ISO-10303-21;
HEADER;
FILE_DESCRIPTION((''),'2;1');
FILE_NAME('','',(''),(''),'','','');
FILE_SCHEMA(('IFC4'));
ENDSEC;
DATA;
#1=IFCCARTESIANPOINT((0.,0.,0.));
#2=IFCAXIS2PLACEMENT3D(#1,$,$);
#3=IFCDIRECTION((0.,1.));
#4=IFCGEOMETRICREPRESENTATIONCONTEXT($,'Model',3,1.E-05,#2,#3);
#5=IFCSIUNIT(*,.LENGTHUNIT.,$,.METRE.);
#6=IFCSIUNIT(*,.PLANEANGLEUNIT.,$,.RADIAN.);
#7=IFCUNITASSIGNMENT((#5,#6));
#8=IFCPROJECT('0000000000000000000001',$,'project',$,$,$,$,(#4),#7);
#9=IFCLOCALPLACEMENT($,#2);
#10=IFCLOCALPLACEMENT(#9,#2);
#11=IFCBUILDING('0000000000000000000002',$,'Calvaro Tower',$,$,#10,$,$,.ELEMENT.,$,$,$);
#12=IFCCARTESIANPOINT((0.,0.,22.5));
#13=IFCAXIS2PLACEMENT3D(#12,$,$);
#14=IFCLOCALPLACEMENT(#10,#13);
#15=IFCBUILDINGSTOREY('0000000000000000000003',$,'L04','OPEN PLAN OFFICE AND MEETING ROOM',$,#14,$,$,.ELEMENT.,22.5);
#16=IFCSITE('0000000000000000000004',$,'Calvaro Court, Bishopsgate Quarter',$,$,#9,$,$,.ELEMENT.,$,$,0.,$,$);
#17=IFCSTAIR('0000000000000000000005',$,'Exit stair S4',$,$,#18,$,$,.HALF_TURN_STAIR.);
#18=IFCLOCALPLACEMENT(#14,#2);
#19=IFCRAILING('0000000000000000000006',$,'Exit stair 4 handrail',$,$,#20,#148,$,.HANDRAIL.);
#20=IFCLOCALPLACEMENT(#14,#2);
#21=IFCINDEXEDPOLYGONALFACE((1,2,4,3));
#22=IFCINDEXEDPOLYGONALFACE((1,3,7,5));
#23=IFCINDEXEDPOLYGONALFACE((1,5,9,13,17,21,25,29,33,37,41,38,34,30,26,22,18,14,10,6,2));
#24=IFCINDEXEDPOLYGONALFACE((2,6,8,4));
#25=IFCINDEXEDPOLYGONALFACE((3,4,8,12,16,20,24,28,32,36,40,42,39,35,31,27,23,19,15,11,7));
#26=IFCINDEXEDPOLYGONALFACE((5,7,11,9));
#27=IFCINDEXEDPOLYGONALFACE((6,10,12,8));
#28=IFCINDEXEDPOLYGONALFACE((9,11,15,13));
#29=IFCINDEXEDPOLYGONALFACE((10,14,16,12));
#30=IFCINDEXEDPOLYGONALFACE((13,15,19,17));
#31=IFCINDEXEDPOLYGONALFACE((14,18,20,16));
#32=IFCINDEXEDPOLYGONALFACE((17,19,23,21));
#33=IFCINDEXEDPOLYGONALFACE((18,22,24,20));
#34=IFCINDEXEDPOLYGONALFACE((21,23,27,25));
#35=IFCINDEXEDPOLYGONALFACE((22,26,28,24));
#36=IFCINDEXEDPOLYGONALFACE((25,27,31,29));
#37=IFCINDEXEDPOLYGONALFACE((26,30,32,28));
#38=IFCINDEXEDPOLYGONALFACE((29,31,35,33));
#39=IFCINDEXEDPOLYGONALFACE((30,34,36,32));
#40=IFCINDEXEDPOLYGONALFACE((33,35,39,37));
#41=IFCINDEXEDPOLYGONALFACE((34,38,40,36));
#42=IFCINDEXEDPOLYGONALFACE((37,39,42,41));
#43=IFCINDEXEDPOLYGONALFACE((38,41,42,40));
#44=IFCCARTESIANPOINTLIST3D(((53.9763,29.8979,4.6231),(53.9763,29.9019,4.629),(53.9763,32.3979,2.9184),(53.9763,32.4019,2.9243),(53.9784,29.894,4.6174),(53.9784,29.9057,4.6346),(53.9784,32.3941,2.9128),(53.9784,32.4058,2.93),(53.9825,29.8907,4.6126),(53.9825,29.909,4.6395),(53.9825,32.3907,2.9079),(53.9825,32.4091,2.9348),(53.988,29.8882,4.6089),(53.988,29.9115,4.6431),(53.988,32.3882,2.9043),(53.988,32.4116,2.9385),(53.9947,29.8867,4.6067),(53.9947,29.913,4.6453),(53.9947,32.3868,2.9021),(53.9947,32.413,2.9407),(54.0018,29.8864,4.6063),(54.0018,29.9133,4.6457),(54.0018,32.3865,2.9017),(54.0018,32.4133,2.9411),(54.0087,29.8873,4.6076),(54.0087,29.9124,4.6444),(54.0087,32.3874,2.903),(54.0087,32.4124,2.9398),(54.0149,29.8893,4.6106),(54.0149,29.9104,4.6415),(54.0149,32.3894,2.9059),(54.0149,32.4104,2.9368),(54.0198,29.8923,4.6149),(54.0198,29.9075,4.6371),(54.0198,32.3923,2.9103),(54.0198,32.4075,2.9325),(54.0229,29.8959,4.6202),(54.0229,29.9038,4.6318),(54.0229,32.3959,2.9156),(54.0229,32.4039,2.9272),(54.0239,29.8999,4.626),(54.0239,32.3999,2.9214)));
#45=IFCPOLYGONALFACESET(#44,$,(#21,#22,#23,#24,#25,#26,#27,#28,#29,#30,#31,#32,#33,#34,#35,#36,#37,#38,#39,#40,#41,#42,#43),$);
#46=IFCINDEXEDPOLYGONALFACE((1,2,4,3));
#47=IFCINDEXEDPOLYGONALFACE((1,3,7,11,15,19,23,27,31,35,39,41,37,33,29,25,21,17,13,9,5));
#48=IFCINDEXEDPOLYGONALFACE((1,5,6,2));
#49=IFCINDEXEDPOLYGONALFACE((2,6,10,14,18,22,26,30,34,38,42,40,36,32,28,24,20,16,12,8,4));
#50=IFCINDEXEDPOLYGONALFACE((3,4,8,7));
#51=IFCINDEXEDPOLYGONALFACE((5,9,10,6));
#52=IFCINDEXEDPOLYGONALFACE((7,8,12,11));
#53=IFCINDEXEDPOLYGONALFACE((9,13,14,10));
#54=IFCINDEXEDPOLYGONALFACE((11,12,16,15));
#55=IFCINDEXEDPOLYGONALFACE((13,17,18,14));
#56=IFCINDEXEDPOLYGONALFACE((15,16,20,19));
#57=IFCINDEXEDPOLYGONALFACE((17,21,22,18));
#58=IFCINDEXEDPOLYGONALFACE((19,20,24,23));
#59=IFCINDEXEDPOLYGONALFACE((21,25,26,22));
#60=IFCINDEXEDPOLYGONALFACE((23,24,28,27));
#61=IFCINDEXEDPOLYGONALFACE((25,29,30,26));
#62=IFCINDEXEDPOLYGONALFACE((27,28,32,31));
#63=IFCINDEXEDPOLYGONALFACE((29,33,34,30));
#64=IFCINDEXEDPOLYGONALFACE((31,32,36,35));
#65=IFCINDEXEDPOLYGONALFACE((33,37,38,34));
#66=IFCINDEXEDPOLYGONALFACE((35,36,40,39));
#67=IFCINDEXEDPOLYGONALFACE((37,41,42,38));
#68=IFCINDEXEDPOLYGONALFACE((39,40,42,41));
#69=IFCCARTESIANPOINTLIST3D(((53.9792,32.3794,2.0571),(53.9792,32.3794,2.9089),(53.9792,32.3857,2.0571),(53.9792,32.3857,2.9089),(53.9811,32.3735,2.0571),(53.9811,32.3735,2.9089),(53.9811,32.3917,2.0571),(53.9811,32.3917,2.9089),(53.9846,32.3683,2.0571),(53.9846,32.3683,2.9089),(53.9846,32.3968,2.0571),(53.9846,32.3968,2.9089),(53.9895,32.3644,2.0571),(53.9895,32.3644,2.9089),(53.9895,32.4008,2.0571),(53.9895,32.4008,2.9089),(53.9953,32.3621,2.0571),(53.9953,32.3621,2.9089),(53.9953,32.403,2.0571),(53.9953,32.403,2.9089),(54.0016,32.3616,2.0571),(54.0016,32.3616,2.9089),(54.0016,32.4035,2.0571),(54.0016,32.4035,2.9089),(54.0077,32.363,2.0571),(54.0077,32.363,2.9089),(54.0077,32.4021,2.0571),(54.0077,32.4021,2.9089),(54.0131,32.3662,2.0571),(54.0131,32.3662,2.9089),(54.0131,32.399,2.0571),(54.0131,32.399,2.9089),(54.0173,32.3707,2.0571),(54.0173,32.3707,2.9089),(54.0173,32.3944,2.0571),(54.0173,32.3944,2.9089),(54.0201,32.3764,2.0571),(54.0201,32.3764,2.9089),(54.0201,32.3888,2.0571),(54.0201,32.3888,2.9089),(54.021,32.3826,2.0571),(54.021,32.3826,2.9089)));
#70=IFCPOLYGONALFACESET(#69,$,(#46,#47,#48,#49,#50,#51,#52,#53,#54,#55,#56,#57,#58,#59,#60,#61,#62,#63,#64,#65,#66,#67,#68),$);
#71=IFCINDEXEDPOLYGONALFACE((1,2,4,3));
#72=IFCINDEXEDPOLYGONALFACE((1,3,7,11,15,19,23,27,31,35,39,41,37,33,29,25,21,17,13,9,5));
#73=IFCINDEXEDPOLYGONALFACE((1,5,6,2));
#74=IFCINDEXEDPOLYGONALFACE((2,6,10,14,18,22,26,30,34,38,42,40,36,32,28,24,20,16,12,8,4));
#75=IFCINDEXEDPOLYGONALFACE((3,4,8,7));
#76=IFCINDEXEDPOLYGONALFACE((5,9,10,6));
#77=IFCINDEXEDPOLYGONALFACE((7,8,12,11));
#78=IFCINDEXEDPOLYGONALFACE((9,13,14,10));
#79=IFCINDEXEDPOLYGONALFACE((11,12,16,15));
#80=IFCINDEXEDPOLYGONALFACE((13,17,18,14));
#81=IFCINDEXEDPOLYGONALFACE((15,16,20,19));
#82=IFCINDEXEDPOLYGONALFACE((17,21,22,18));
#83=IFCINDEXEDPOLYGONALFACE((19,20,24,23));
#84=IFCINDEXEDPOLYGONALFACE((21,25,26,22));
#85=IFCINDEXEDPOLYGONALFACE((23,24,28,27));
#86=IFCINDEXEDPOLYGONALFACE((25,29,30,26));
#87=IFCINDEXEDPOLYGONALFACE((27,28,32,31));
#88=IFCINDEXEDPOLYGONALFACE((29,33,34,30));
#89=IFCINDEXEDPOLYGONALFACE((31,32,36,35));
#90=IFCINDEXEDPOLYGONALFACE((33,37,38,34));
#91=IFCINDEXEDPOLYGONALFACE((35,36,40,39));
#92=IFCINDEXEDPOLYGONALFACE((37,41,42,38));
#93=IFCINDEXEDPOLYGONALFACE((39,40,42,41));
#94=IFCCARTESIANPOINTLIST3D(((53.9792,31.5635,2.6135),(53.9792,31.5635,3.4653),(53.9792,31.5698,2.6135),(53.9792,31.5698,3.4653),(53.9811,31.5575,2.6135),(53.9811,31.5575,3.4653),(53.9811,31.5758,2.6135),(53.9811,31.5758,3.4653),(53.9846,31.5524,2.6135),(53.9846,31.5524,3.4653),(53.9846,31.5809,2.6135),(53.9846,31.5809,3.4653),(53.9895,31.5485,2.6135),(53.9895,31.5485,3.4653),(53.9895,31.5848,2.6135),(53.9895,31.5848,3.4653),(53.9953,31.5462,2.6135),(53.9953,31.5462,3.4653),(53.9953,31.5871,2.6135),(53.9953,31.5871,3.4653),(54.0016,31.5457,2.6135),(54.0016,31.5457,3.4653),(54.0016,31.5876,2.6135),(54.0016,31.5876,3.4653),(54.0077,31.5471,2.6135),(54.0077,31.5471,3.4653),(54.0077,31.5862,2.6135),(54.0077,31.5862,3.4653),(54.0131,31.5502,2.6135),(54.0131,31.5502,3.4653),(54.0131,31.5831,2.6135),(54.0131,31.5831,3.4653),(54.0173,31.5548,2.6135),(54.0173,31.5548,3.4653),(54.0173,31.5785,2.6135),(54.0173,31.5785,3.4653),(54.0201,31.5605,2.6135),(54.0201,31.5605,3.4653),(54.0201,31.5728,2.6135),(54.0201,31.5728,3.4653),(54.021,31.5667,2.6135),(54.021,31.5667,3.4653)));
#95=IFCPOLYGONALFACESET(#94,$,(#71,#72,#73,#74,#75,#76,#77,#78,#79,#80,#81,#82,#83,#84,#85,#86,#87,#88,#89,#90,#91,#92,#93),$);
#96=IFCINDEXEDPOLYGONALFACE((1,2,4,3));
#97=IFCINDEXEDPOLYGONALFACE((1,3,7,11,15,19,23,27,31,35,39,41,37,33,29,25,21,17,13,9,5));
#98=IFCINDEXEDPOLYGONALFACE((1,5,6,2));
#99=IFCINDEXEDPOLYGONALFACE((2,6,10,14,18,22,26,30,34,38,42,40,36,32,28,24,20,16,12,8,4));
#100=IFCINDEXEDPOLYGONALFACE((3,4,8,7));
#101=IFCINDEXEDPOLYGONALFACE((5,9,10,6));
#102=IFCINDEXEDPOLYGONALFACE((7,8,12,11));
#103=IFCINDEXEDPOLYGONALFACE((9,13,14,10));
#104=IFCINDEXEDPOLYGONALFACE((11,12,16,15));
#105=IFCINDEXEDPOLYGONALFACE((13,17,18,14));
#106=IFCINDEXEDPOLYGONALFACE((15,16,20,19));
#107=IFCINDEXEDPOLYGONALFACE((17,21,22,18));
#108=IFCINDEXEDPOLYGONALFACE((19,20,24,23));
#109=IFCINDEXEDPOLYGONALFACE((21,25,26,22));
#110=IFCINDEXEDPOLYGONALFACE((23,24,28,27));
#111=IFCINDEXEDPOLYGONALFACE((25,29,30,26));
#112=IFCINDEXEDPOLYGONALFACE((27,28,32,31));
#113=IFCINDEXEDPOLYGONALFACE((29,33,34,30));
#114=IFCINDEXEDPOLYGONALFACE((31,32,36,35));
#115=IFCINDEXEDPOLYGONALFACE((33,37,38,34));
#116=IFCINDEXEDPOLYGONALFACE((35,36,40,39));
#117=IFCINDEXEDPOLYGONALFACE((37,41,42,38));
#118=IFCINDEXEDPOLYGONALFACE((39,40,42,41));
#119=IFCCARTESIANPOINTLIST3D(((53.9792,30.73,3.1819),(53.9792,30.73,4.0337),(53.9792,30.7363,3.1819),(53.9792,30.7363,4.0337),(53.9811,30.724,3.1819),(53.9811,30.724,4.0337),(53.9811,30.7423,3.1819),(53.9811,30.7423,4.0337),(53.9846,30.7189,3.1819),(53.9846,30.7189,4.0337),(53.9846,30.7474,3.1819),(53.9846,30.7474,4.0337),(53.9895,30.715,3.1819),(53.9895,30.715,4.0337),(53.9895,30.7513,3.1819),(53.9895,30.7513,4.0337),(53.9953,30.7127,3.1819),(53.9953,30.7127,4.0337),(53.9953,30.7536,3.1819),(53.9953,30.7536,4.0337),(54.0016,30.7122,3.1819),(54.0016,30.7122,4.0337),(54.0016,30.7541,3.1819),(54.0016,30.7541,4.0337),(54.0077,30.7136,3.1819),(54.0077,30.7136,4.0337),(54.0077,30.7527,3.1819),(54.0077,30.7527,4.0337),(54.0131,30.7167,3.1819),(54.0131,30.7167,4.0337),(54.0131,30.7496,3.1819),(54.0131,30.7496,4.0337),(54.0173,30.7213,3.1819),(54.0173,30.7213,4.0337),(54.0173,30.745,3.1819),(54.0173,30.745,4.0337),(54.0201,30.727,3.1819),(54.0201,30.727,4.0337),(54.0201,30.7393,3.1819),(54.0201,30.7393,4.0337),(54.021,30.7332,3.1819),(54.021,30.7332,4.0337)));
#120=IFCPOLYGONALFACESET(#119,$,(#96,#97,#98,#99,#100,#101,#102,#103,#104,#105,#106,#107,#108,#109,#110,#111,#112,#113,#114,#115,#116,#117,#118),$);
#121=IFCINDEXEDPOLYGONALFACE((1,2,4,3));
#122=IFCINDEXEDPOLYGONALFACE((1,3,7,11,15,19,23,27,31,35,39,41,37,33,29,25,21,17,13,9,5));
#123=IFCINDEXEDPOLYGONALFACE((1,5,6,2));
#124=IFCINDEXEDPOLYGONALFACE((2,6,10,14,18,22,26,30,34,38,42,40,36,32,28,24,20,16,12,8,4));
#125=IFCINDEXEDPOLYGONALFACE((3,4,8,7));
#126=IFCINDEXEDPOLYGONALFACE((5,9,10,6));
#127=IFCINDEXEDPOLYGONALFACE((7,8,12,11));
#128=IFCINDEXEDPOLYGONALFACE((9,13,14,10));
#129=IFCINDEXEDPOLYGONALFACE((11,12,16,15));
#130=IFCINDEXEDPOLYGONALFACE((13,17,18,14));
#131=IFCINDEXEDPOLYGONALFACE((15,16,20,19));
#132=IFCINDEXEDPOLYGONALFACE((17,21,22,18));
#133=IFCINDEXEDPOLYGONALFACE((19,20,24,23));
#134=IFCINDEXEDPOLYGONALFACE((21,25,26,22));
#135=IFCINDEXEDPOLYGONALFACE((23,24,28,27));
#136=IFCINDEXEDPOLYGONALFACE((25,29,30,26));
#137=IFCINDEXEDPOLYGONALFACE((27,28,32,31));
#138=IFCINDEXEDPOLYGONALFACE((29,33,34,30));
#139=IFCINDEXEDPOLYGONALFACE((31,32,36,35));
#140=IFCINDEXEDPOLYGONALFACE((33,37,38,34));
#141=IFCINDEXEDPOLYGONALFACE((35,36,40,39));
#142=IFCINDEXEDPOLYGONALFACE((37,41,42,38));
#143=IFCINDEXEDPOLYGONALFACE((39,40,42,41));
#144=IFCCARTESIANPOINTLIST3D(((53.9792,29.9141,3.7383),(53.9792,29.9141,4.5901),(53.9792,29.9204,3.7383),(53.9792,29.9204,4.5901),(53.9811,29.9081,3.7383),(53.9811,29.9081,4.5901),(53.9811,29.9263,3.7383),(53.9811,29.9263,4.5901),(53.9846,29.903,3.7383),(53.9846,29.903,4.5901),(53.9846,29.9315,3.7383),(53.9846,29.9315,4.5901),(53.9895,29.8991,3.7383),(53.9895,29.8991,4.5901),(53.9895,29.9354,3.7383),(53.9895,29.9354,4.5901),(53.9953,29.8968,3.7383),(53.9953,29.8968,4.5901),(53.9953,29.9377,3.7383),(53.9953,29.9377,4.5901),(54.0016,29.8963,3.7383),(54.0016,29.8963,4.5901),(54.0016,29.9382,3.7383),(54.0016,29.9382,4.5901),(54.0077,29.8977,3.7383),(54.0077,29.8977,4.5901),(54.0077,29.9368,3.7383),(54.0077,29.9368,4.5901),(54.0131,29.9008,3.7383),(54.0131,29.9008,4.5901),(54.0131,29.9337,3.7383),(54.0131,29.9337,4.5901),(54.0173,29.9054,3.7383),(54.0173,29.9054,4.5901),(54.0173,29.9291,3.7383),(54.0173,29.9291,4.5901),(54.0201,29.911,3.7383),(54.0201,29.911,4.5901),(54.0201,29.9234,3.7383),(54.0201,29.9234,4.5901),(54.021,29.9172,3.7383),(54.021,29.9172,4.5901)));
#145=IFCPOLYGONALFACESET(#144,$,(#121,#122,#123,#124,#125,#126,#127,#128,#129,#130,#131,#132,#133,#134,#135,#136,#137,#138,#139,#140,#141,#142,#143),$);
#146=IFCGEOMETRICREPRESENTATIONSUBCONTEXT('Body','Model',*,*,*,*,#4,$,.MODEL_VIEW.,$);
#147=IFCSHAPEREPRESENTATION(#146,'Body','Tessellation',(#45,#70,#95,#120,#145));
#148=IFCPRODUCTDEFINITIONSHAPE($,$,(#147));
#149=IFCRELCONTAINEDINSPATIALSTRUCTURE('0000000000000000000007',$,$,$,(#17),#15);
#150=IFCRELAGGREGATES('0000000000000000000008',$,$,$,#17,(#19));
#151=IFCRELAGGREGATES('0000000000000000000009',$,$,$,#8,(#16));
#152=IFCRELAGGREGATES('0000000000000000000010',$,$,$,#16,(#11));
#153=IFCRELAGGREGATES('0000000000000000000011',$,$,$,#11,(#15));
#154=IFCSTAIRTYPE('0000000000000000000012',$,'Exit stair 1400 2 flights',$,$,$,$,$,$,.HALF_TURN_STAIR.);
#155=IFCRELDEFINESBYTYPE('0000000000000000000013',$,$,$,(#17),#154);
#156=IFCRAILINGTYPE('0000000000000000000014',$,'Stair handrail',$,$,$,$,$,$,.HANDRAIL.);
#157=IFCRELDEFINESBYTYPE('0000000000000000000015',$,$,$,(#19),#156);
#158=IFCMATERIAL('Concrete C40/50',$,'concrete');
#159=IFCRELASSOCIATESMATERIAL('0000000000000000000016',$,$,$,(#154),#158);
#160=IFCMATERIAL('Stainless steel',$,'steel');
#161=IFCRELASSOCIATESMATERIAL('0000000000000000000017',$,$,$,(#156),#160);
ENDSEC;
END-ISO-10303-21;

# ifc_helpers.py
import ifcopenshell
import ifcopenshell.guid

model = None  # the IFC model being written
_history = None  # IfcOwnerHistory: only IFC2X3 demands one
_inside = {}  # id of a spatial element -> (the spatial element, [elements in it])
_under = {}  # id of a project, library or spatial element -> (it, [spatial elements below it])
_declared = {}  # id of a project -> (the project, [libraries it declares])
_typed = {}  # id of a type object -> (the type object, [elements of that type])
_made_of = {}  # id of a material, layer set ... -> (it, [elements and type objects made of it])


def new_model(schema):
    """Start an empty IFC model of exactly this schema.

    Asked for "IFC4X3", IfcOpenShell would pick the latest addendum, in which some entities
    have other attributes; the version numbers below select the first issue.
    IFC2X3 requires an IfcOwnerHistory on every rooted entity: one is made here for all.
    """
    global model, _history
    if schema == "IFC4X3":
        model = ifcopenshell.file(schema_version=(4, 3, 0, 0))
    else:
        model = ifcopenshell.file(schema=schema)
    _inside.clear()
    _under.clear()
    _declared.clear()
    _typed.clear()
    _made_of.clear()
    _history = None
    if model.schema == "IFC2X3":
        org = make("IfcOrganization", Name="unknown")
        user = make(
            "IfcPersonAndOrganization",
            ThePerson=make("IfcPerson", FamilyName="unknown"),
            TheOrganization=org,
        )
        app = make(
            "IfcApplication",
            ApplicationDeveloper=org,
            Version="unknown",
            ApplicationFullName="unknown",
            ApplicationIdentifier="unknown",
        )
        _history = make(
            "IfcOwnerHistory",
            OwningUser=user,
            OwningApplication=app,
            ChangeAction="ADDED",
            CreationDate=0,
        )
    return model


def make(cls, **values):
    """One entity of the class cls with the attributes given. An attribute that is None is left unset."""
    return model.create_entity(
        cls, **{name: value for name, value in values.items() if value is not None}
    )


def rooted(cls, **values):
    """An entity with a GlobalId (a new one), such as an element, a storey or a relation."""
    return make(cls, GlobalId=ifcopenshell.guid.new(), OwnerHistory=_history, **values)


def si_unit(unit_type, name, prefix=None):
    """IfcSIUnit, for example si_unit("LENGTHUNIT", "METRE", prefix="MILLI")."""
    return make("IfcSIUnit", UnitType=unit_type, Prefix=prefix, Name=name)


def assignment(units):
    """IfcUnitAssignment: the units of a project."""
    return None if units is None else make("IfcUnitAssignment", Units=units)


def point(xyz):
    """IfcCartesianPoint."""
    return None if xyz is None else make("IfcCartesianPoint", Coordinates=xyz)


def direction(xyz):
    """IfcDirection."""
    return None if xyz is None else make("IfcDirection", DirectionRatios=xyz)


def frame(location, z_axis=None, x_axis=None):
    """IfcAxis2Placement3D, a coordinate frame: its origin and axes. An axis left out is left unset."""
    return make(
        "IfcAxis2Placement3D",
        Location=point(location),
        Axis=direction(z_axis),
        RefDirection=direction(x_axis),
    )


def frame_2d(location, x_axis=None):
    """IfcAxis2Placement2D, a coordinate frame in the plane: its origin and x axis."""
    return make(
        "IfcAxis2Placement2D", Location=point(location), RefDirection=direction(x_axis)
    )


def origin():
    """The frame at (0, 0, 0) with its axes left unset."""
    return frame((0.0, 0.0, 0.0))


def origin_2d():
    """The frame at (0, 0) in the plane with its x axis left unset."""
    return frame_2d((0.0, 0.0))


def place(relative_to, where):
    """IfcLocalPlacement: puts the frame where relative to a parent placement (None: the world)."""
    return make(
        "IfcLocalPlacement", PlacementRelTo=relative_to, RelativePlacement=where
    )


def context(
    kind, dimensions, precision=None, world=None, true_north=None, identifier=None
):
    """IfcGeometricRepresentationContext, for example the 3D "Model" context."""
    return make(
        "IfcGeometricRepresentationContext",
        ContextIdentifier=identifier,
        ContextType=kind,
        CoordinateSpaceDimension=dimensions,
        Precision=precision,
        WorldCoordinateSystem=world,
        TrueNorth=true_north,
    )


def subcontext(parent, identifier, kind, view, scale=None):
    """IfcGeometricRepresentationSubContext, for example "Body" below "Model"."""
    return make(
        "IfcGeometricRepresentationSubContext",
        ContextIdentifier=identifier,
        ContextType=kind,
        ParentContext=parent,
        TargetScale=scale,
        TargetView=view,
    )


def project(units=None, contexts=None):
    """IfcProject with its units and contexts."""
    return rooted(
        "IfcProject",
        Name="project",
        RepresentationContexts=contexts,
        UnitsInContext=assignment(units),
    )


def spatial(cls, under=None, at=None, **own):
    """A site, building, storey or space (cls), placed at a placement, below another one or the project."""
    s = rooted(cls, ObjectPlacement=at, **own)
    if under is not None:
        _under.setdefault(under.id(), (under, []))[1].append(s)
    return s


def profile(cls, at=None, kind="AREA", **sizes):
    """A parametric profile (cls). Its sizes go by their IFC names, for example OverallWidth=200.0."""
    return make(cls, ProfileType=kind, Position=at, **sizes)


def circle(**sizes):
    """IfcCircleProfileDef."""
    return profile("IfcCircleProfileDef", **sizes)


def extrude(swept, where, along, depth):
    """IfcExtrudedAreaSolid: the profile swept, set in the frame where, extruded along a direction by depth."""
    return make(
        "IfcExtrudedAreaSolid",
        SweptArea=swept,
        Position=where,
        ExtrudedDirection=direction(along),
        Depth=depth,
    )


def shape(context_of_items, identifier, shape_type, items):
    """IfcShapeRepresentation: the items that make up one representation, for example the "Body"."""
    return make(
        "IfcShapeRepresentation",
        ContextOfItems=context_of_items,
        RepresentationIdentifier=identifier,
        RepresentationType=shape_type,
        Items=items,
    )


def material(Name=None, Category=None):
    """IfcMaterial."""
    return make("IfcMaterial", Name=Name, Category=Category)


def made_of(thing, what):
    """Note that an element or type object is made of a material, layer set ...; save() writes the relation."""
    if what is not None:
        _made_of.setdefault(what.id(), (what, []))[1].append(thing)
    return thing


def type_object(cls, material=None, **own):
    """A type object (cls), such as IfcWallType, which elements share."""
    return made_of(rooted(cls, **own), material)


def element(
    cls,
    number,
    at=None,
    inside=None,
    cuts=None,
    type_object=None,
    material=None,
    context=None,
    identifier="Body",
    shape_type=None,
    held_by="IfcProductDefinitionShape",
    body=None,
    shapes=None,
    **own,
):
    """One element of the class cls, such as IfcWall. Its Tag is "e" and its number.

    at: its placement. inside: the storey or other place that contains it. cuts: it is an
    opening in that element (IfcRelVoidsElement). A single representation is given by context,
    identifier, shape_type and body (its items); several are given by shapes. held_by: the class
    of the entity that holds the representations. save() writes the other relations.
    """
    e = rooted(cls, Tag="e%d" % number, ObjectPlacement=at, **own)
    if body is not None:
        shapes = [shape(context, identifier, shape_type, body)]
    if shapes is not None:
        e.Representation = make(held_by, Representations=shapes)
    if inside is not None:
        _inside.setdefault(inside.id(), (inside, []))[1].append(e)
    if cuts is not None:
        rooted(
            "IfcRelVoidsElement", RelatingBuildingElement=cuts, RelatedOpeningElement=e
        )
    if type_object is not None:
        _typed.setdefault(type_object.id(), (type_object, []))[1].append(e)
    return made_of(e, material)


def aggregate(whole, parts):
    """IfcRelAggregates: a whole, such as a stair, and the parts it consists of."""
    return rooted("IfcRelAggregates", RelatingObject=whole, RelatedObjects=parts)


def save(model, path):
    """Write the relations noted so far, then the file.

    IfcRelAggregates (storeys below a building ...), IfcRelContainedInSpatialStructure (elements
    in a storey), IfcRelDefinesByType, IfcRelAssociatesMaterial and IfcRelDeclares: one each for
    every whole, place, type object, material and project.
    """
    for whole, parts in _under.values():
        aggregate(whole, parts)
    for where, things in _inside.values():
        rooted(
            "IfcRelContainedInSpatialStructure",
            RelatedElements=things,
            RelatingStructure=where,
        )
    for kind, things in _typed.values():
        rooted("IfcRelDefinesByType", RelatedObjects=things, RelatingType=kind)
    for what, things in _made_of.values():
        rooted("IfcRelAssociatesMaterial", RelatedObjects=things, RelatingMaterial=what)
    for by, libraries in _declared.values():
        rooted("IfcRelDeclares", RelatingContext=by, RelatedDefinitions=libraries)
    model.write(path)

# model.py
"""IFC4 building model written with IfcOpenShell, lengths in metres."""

from ifc_helpers import new_model, si_unit, direction, frame, origin, origin_2d, place, context, subcontext, project, spatial, circle, extrude, material, type_object, element, aggregate, save


model = new_model("IFC4")

# Units and contexts
model_context = context("Model", 3, precision=1e-05, world=origin(), true_north=direction((0.0, 1.0)))
body_context = subcontext(model_context, "Body", "Model", "MODEL_VIEW")
ifc_project = project(units=[si_unit("LENGTHUNIT", "METRE"), si_unit("PLANEANGLEUNIT", "RADIAN")], contexts=[model_context])

# Site, building, storey
site_placement = place(None, origin())
site = spatial("IfcSite", under=ifc_project, at=site_placement, Name="Calvaro Court, Bishopsgate Quarter", CompositionType="ELEMENT", RefElevation=0.0)
building_placement = place(site_placement, origin())
building = spatial("IfcBuilding", under=site, at=building_placement, Name="Calvaro Tower", CompositionType="ELEMENT")
storey_placement = place(building_placement, frame((0.0, 0.0, 22.5)))
storey = spatial("IfcBuildingStorey", under=building, at=storey_placement, Name="L04", Description="OPEN PLAN OFFICE AND MEETING ROOM", CompositionType="ELEMENT", Elevation=22.5)

# Shared definitions
ifc_material_1 = material(Name="Concrete C40/50", Category="concrete")
stair_type = type_object("IfcStairType", Name="Exit stair 1400 2 flights", PredefinedType="HALF_TURN_STAIR", material=ifc_material_1)

# Stair, railing
stair_1_placement = place(storey_placement, origin())
stair_1 = element("IfcStair", 1, at=stair_1_placement, inside=storey, type_object=stair_type, Name="Exit stair S4", PredefinedType="HALF_TURN_STAIR")
ifc_material_2 = material(Name="Stainless steel", Category="steel")
railing_type = type_object("IfcRailingType", Name="Stair handrail", PredefinedType="HANDRAIL", material=ifc_material_2)
railing_1_placement = place(storey_placement, frame((54.0, 32.3999, 2.0454)))
railing_1 = element("IfcRailing", 2, at=railing_1_placement, type_object=railing_type, Name="Exit stair 4 handrail", PredefinedType="HANDRAIL", context=body_context, shape_type="SweptSolid", body=[
    extrude(circle(Radius=0.0239, at=origin_2d()), frame((0.0, 0.0, 0.876), z_axis=(0.0, -0.826221, 0.563347), x_axis=(1.0, 0.0, 0.0)), (0.0, 0.0, 1.0), 3.0259),
    extrude(circle(Radius=0.021, at=origin_2d()), frame((0.0, -0.0173, 0.0117)), (0.0, 0.0, 1.0), 0.8518),
    extrude(circle(Radius=0.021, at=origin_2d()), frame((0.0, -0.8333, 0.5681)), (0.0, 0.0, 1.0), 0.8518),
    extrude(circle(Radius=0.021, at=origin_2d()), frame((0.0, -1.6667, 1.1365)), (0.0, 0.0, 1.0), 0.8518),
    extrude(circle(Radius=0.021, at=origin_2d()), frame((0.0, -2.4827, 1.6929)), (0.0, 0.0, 1.0), 0.8518),
])
aggregate(stair_1, [railing_1])

save(model, "model.ifc")
